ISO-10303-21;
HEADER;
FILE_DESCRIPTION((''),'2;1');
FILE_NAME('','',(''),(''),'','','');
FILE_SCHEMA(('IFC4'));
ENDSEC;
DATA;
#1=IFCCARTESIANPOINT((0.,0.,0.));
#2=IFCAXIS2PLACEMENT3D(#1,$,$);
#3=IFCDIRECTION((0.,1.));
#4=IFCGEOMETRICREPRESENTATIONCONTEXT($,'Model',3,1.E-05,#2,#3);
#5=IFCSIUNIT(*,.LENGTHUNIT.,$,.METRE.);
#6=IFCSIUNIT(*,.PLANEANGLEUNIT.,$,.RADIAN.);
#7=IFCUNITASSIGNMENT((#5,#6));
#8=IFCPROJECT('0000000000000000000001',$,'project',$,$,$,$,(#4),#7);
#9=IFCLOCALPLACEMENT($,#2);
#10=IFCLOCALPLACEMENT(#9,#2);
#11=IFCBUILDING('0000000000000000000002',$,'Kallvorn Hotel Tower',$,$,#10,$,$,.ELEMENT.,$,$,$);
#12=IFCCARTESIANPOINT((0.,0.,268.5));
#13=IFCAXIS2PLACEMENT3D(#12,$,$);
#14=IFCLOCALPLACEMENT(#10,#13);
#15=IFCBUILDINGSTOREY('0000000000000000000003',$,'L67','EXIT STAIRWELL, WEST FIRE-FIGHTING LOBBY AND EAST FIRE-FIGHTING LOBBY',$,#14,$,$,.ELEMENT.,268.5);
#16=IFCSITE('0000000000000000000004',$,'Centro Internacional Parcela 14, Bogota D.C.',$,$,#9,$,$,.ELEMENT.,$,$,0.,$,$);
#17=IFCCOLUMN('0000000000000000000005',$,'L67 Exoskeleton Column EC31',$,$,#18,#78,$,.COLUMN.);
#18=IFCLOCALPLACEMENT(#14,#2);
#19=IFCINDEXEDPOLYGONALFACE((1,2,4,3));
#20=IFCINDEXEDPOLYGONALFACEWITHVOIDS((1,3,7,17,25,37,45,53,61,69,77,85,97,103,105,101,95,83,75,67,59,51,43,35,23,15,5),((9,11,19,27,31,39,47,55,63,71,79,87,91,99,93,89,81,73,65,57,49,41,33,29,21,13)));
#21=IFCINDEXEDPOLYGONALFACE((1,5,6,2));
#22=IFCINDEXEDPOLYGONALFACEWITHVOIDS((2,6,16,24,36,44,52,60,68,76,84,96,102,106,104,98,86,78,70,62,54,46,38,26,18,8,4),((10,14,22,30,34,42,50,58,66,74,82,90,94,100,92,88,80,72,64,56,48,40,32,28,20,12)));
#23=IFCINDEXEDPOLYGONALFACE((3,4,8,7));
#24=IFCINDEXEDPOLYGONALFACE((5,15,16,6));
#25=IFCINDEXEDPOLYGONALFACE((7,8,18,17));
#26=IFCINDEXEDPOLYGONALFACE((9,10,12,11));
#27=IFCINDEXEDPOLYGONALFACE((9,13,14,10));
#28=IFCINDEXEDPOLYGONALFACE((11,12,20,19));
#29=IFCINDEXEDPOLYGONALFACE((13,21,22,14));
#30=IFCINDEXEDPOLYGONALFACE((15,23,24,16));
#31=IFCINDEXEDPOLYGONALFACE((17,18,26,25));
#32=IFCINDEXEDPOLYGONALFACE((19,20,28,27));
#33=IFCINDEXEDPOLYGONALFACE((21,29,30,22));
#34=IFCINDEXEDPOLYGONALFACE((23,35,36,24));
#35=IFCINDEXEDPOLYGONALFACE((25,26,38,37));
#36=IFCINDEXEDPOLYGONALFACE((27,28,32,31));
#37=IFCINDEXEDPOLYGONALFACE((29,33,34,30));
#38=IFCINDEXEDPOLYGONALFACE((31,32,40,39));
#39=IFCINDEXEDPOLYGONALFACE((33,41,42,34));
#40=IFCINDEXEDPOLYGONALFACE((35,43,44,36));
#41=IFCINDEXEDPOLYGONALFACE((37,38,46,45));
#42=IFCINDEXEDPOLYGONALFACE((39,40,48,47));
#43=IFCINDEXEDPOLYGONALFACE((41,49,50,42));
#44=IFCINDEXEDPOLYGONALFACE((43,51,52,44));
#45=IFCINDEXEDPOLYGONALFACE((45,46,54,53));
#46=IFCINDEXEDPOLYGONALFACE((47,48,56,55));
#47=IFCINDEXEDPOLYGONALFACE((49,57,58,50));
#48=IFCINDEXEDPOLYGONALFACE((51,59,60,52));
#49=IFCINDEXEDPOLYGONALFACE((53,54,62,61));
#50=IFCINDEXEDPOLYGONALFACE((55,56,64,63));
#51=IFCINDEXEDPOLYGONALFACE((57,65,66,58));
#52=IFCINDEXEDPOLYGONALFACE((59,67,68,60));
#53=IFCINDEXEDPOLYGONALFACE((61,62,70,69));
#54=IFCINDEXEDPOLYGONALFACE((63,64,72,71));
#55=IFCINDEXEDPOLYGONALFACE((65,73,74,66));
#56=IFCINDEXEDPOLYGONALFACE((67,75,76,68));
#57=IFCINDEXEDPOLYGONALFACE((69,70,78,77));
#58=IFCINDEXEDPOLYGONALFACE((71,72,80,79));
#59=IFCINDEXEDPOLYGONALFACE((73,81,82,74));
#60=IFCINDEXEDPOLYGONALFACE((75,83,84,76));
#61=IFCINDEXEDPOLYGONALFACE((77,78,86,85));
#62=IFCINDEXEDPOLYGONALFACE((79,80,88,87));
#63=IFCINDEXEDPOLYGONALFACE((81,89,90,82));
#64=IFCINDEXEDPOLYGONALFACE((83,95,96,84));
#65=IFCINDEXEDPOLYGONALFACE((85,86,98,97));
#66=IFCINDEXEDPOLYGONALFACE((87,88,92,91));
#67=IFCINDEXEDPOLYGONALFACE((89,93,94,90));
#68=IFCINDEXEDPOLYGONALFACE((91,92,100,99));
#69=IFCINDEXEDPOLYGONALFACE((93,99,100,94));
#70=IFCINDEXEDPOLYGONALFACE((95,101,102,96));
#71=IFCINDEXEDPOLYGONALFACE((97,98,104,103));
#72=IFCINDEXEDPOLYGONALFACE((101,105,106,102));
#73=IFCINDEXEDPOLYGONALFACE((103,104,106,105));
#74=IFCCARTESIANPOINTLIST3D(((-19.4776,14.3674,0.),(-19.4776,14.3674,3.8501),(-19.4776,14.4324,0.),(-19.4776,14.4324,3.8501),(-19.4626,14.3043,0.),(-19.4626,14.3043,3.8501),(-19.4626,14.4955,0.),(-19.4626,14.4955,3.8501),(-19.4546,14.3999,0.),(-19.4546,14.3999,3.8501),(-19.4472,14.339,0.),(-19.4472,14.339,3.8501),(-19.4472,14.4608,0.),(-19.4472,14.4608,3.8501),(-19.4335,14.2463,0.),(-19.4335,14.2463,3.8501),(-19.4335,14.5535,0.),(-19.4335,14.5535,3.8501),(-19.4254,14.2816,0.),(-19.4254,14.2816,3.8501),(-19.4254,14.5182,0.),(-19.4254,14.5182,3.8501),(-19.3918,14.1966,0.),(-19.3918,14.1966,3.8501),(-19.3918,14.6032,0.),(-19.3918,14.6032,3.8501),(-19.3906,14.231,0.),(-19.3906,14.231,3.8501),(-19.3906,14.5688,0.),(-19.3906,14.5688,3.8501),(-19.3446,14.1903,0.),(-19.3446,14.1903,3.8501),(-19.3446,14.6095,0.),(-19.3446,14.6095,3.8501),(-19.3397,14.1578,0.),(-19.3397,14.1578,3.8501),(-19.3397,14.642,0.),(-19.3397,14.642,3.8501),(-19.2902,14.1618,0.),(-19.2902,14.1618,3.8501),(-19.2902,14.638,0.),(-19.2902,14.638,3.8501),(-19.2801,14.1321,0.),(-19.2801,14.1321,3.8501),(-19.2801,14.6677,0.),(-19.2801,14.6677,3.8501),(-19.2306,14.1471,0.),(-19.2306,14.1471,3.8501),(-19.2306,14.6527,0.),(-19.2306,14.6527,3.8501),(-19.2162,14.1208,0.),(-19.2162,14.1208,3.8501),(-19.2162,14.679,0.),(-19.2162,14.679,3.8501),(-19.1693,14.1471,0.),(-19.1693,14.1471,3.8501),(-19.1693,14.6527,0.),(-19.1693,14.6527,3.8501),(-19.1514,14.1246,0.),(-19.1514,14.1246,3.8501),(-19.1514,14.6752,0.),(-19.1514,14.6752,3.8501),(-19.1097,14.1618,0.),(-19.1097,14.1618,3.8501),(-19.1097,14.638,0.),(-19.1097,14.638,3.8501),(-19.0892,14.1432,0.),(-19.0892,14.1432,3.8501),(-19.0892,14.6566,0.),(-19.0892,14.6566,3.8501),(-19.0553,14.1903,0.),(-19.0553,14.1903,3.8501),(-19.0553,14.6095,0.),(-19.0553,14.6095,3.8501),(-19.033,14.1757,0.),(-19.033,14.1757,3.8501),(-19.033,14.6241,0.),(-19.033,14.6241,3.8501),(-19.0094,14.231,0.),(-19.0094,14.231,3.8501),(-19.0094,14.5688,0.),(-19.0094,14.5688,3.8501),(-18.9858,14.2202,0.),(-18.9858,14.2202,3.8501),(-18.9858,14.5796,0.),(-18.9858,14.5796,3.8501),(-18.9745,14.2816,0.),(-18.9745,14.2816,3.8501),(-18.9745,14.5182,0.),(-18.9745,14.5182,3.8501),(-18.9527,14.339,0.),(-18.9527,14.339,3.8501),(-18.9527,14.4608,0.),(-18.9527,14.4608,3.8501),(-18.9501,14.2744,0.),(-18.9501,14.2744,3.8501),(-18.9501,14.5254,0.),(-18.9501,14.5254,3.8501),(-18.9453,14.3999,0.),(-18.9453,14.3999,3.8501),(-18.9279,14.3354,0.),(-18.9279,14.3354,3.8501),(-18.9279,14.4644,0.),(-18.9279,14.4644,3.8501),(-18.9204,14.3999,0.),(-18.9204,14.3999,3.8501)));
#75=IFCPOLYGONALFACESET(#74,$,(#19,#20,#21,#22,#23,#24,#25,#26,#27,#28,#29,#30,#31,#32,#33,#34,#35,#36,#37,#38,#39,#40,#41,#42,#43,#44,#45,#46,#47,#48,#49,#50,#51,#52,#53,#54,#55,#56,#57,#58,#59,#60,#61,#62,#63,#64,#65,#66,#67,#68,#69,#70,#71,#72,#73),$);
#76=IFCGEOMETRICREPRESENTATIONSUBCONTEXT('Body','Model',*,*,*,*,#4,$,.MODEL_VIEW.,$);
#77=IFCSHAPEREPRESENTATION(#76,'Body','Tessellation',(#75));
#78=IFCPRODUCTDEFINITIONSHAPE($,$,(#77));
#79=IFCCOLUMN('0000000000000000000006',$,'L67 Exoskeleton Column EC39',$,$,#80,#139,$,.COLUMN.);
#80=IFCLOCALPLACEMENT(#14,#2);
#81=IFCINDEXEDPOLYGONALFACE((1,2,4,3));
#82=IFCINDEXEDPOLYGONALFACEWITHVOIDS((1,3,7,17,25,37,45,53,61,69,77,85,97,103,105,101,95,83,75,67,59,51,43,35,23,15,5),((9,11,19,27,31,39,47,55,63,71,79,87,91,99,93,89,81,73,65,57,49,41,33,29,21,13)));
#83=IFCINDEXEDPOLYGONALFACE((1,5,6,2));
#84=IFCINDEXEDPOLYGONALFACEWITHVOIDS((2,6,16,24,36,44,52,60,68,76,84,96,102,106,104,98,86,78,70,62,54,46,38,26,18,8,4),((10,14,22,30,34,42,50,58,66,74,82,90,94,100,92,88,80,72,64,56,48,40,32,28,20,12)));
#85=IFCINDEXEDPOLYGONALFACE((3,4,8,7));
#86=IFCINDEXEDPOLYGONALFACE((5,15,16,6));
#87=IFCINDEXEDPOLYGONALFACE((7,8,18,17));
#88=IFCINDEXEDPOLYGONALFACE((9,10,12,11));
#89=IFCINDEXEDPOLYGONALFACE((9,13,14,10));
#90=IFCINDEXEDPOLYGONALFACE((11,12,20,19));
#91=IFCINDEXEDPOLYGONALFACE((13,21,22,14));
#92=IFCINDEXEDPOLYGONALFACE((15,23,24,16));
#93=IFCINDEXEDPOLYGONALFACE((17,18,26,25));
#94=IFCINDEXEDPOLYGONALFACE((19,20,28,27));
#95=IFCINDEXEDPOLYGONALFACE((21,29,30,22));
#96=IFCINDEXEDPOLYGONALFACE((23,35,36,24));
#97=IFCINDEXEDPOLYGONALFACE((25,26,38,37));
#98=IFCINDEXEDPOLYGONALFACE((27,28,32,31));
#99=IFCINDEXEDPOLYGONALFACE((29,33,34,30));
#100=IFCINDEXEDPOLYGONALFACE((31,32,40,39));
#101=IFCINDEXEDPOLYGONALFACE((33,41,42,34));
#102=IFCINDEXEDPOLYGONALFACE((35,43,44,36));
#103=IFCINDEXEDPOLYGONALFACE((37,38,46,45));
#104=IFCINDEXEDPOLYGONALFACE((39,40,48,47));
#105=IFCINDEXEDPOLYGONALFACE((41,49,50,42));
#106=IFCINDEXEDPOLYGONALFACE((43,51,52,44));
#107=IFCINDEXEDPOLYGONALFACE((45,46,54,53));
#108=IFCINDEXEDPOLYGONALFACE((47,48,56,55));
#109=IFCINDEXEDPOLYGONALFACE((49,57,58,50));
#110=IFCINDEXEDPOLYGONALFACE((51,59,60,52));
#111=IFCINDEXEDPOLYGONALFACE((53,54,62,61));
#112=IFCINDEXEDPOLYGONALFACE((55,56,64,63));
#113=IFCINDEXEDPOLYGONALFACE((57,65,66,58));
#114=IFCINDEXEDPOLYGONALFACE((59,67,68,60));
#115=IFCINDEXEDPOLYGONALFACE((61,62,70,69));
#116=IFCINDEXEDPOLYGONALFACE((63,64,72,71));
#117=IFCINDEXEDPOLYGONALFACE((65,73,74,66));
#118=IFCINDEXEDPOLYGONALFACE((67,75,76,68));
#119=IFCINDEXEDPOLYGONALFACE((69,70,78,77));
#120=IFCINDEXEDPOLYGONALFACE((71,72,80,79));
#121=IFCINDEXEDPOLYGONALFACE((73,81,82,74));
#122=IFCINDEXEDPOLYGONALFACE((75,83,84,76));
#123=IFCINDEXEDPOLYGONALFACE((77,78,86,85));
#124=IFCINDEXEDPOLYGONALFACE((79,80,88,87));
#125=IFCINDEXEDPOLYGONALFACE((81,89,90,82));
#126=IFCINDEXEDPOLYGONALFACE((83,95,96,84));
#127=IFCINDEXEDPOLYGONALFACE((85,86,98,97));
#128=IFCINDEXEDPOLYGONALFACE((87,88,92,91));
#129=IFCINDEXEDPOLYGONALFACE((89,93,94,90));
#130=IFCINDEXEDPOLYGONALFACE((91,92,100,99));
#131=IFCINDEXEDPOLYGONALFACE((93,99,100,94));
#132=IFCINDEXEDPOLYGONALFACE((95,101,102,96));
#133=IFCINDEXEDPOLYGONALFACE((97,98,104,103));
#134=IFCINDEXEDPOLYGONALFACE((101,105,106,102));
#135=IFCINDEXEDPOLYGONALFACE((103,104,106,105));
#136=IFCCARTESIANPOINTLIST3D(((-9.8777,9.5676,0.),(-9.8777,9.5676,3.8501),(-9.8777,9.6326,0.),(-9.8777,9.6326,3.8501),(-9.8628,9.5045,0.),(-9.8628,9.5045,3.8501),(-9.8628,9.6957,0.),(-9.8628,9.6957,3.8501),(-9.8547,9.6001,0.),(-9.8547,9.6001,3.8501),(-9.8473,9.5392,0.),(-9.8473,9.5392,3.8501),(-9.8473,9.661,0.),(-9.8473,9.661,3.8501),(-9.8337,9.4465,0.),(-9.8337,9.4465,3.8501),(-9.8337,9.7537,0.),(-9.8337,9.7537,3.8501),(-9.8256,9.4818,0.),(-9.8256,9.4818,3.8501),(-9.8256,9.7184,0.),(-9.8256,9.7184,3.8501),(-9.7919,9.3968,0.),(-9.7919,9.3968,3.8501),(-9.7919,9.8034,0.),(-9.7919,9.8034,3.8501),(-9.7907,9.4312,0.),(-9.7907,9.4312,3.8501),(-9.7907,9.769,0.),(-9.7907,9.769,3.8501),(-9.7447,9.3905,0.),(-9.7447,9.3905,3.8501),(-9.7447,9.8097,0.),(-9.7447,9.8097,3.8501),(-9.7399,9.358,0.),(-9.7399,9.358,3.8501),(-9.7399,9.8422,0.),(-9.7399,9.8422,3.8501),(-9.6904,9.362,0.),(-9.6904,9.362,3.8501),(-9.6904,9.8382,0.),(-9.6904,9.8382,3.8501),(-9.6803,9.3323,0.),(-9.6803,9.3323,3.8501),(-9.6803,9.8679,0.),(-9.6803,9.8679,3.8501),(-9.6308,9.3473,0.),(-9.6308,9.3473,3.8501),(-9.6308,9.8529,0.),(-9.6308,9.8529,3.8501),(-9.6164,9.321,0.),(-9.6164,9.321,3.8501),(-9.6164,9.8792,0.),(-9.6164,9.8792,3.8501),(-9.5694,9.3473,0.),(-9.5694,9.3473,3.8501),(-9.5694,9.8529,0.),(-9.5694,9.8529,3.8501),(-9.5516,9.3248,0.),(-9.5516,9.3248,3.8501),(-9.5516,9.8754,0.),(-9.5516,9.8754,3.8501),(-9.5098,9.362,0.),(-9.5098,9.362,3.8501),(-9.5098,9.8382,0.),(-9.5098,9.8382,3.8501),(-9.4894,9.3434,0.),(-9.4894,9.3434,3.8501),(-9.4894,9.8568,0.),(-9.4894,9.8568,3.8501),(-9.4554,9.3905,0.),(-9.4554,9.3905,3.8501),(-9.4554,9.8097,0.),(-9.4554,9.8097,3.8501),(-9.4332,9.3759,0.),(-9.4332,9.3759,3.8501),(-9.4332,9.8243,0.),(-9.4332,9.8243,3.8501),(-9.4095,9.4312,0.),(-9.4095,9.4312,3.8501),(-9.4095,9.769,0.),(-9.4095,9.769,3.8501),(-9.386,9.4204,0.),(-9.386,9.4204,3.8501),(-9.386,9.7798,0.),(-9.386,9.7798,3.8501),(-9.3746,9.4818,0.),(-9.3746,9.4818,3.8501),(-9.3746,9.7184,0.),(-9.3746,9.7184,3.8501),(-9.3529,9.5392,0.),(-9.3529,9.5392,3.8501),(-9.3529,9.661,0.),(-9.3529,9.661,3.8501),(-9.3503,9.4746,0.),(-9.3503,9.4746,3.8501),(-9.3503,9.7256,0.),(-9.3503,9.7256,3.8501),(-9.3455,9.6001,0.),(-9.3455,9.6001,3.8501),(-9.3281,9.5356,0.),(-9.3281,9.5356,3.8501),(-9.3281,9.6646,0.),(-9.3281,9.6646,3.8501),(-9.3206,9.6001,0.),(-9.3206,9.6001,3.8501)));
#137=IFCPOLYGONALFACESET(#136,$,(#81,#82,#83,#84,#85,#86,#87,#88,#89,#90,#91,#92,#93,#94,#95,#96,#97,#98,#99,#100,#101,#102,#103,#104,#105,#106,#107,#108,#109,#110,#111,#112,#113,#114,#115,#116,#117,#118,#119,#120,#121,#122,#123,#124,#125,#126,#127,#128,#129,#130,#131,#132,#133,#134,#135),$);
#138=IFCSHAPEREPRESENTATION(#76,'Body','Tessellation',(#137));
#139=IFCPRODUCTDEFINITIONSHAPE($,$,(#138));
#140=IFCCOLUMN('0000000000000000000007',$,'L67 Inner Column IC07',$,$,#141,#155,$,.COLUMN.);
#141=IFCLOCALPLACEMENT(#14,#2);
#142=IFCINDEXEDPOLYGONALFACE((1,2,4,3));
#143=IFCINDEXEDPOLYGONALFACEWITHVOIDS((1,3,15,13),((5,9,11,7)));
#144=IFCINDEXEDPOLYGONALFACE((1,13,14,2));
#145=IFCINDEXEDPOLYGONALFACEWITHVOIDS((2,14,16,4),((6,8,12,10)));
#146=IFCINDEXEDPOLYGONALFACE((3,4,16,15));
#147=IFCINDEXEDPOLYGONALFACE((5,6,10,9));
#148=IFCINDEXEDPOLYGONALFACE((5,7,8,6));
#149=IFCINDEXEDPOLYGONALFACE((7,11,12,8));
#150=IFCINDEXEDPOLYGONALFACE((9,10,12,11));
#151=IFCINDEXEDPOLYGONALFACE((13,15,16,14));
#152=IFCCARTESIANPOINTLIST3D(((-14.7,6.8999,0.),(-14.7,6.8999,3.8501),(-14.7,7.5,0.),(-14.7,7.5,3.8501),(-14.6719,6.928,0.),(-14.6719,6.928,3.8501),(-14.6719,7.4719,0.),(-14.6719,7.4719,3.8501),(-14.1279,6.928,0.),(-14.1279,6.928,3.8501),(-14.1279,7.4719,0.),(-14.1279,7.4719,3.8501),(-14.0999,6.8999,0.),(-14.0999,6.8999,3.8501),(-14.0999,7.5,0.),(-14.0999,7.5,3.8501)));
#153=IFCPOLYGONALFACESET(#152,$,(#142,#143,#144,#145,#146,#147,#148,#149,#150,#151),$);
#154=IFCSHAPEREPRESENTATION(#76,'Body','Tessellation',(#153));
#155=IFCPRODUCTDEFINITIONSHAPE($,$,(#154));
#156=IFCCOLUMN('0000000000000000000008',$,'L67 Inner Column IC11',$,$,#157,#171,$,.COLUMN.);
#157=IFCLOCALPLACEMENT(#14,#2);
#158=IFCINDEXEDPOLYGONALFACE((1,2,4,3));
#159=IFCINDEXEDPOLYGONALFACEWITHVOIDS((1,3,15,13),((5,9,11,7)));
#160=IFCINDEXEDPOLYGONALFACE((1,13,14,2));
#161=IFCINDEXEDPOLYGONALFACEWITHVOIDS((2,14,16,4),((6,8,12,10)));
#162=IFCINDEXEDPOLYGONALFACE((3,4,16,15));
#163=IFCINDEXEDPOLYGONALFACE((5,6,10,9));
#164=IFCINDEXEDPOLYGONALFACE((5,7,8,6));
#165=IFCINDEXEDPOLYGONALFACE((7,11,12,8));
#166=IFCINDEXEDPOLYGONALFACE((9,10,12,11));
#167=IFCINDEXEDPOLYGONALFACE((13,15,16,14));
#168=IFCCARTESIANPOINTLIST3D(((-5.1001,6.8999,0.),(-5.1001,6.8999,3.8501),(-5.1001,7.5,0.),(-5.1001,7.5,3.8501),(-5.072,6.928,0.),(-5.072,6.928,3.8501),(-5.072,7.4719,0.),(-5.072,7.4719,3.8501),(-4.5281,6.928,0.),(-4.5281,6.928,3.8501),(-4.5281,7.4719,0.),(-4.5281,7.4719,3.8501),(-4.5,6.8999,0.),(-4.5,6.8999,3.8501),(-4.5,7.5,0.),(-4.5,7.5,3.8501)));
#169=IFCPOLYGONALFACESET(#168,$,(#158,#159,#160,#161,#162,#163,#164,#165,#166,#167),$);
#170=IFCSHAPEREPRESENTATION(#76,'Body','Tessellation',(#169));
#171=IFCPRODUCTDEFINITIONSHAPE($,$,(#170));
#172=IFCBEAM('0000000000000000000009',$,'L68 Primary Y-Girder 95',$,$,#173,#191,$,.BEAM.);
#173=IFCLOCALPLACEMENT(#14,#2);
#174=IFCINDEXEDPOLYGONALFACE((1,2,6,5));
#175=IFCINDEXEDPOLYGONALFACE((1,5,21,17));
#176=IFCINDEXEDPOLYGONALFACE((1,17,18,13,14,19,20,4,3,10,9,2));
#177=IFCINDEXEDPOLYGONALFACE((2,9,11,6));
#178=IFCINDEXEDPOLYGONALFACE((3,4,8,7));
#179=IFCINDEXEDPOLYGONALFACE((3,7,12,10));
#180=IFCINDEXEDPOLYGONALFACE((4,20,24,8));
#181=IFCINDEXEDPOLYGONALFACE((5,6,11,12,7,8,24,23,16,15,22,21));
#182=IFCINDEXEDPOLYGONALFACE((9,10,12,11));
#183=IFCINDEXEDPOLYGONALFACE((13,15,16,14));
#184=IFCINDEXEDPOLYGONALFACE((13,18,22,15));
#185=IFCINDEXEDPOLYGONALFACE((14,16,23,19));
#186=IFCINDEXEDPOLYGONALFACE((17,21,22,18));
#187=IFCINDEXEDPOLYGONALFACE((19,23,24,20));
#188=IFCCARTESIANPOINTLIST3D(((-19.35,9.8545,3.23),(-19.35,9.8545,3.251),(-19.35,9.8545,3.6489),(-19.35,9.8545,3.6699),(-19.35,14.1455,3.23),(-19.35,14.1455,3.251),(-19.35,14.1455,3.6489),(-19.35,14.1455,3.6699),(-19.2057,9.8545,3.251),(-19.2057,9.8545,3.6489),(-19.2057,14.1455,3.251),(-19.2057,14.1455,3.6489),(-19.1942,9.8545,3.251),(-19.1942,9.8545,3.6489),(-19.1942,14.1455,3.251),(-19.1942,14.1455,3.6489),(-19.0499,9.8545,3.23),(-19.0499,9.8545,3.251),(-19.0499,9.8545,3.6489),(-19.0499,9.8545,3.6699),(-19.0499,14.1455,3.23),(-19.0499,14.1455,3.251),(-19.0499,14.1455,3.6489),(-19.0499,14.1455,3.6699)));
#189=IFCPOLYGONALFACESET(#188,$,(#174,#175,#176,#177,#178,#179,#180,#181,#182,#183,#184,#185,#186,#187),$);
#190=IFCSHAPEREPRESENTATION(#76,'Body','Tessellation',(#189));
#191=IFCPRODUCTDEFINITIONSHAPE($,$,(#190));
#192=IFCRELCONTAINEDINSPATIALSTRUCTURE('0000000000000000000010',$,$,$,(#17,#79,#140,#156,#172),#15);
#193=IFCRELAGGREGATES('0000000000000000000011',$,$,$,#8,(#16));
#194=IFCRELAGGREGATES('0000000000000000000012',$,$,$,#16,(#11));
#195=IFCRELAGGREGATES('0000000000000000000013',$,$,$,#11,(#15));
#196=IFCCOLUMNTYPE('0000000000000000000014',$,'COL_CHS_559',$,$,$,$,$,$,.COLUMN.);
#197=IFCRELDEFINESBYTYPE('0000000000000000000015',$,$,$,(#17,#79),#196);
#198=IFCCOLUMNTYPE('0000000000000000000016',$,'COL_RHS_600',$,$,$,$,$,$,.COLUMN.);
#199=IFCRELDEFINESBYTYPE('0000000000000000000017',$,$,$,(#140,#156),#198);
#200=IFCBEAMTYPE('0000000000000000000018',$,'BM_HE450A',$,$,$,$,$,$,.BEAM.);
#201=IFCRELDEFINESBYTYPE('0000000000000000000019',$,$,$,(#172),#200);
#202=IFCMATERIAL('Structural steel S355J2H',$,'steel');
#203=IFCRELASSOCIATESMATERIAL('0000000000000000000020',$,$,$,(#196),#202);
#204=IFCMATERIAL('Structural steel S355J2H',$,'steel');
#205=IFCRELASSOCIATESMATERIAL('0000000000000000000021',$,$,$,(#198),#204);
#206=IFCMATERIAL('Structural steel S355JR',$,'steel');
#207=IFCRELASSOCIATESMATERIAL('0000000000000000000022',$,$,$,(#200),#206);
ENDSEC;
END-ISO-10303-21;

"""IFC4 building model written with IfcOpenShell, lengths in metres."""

from ifc_helpers import new_model, si_unit, direction, frame, origin, origin_2d, place, context, subcontext, project, spatial, hollow_rectangle, hollow_circle, i_section, extrude, material, material_profile, profile_set, type_object, element, save


model = new_model("IFC4")

# Units and contexts
model_context = context("Model", 3, precision=1e-05, world=origin(), true_north=direction((0.0, 1.0)))
body_context = subcontext(model_context, "Body", "Model", "MODEL_VIEW")
ifc_project = project(units=[si_unit("LENGTHUNIT", "METRE"), si_unit("PLANEANGLEUNIT", "RADIAN")], contexts=[model_context])

# Site, building, storey
site_placement = place(None, origin())
site = spatial("IfcSite", under=ifc_project, at=site_placement, Name="Centro Internacional Parcela 14, Bogota D.C.", CompositionType="ELEMENT", RefElevation=0.0)
building_placement = place(site_placement, origin())
building = spatial("IfcBuilding", under=site, at=building_placement, Name="Kallvorn Hotel Tower", CompositionType="ELEMENT")
storey_placement = place(building_placement, frame((0.0, 0.0, 268.5)))
storey = spatial("IfcBuildingStorey", under=building, at=storey_placement, Name="L67", Description="EXIT STAIRWELL, WEST FIRE-FIGHTING LOBBY AND EAST FIRE-FIGHTING LOBBY", CompositionType="ELEMENT", Elevation=268.5)

# Columns
ifc_material_1 = material(Name="Structural steel S355J2H", Category="steel")
ifc_material_profile_1 = material_profile(ifc_material_1, hollow_circle(Radius=0.2795, WallThickness=0.0249, at=origin_2d()), Name="CHS 559x25")
ifc_profile_set_1 = profile_set([ifc_material_profile_1], Name="Structural steel S355J2H")
column_type_1 = type_object("IfcColumnType", Name="COL_CHS_559", PredefinedType="COLUMN", material=ifc_profile_set_1)
for number, where, z_axis, x_axis, name in (
    (1, (-19.2, 14.3999, 0.0), (0.0, 0.0, 1.0), (1.0, 0.0, 0.0), "L67 Exoskeleton Column EC31"),
    (2, (-9.6001, 9.6001, 0.0), (0.0, 0.0, 1.0), (1.0, 0.0, 0.0), "L67 Exoskeleton Column EC39"),
):
    element("IfcColumn", number, at=place(storey_placement, frame(where, z_axis=z_axis, x_axis=x_axis)), inside=storey, type_object=column_type_1, Name=name, PredefinedType="COLUMN", context=body_context, shape_type="SweptSolid", body=[
        extrude(hollow_circle(Radius=0.2795, WallThickness=0.0249, at=origin_2d()), origin(), (0.0, 0.0, 1.0), 3.8501),
    ])
ifc_material_2 = material(Name="Structural steel S355J2H", Category="steel")
ifc_material_profile_2 = material_profile(ifc_material_2, hollow_rectangle(XDim=0.6001, YDim=0.6001, WallThickness=0.0281, at=origin_2d()), Name="RHS 600x600x28")
ifc_profile_set_2 = profile_set([ifc_material_profile_2], Name="Structural steel S355J2H")
column_type_2 = type_object("IfcColumnType", Name="COL_RHS_600", PredefinedType="COLUMN", material=ifc_profile_set_2)
for number, where, z_axis, x_axis, name in (
    (3, (-14.3999, 7.2, 0.0), (0.0, 0.0, 1.0), (1.0, 0.0, 0.0), "L67 Inner Column IC07"),
    (4, (-4.8, 7.2, 0.0), (0.0, 0.0, 1.0), (1.0, 0.0, 0.0), "L67 Inner Column IC11"),
):
    element("IfcColumn", number, at=place(storey_placement, frame(where, z_axis=z_axis, x_axis=x_axis)), inside=storey, type_object=column_type_2, Name=name, PredefinedType="COLUMN", context=body_context, shape_type="SweptSolid", body=[
        extrude(hollow_rectangle(XDim=0.6001, YDim=0.6001, WallThickness=0.0281, at=origin_2d()), origin(), (0.0, 0.0, 1.0), 3.8501),
    ])

# Beam
ifc_material_3 = material(Name="Structural steel S355JR", Category="steel")
ifc_material_profile_3 = material_profile(ifc_material_3, i_section(OverallWidth=0.3, OverallDepth=0.4399, WebThickness=0.0115, FlangeThickness=0.021, at=origin_2d()), Name="HE 450 A")
ifc_profile_set_3 = profile_set([ifc_material_profile_3], Name="Structural steel S355JR")
beam_type_1 = type_object("IfcBeamType", Name="BM_HE450A", PredefinedType="BEAM", material=ifc_profile_set_3)
beam_1_placement = place(storey_placement, frame((-19.2, 9.8545, 3.45), z_axis=(0.0, 1.0, 0.0), x_axis=(-1.0, 0.0, 0.0)))
element("IfcBeam", 5, at=beam_1_placement, inside=storey, type_object=beam_type_1, Name="L68 Primary Y-Girder 95", PredefinedType="BEAM", context=body_context, shape_type="SweptSolid", body=[
    extrude(i_section(OverallWidth=0.3, OverallDepth=0.4399, WebThickness=0.0115, FlangeThickness=0.021, at=origin_2d()), origin(), (0.0, 0.0, 1.0), 4.291),
])

save(model, "model.ifc")
